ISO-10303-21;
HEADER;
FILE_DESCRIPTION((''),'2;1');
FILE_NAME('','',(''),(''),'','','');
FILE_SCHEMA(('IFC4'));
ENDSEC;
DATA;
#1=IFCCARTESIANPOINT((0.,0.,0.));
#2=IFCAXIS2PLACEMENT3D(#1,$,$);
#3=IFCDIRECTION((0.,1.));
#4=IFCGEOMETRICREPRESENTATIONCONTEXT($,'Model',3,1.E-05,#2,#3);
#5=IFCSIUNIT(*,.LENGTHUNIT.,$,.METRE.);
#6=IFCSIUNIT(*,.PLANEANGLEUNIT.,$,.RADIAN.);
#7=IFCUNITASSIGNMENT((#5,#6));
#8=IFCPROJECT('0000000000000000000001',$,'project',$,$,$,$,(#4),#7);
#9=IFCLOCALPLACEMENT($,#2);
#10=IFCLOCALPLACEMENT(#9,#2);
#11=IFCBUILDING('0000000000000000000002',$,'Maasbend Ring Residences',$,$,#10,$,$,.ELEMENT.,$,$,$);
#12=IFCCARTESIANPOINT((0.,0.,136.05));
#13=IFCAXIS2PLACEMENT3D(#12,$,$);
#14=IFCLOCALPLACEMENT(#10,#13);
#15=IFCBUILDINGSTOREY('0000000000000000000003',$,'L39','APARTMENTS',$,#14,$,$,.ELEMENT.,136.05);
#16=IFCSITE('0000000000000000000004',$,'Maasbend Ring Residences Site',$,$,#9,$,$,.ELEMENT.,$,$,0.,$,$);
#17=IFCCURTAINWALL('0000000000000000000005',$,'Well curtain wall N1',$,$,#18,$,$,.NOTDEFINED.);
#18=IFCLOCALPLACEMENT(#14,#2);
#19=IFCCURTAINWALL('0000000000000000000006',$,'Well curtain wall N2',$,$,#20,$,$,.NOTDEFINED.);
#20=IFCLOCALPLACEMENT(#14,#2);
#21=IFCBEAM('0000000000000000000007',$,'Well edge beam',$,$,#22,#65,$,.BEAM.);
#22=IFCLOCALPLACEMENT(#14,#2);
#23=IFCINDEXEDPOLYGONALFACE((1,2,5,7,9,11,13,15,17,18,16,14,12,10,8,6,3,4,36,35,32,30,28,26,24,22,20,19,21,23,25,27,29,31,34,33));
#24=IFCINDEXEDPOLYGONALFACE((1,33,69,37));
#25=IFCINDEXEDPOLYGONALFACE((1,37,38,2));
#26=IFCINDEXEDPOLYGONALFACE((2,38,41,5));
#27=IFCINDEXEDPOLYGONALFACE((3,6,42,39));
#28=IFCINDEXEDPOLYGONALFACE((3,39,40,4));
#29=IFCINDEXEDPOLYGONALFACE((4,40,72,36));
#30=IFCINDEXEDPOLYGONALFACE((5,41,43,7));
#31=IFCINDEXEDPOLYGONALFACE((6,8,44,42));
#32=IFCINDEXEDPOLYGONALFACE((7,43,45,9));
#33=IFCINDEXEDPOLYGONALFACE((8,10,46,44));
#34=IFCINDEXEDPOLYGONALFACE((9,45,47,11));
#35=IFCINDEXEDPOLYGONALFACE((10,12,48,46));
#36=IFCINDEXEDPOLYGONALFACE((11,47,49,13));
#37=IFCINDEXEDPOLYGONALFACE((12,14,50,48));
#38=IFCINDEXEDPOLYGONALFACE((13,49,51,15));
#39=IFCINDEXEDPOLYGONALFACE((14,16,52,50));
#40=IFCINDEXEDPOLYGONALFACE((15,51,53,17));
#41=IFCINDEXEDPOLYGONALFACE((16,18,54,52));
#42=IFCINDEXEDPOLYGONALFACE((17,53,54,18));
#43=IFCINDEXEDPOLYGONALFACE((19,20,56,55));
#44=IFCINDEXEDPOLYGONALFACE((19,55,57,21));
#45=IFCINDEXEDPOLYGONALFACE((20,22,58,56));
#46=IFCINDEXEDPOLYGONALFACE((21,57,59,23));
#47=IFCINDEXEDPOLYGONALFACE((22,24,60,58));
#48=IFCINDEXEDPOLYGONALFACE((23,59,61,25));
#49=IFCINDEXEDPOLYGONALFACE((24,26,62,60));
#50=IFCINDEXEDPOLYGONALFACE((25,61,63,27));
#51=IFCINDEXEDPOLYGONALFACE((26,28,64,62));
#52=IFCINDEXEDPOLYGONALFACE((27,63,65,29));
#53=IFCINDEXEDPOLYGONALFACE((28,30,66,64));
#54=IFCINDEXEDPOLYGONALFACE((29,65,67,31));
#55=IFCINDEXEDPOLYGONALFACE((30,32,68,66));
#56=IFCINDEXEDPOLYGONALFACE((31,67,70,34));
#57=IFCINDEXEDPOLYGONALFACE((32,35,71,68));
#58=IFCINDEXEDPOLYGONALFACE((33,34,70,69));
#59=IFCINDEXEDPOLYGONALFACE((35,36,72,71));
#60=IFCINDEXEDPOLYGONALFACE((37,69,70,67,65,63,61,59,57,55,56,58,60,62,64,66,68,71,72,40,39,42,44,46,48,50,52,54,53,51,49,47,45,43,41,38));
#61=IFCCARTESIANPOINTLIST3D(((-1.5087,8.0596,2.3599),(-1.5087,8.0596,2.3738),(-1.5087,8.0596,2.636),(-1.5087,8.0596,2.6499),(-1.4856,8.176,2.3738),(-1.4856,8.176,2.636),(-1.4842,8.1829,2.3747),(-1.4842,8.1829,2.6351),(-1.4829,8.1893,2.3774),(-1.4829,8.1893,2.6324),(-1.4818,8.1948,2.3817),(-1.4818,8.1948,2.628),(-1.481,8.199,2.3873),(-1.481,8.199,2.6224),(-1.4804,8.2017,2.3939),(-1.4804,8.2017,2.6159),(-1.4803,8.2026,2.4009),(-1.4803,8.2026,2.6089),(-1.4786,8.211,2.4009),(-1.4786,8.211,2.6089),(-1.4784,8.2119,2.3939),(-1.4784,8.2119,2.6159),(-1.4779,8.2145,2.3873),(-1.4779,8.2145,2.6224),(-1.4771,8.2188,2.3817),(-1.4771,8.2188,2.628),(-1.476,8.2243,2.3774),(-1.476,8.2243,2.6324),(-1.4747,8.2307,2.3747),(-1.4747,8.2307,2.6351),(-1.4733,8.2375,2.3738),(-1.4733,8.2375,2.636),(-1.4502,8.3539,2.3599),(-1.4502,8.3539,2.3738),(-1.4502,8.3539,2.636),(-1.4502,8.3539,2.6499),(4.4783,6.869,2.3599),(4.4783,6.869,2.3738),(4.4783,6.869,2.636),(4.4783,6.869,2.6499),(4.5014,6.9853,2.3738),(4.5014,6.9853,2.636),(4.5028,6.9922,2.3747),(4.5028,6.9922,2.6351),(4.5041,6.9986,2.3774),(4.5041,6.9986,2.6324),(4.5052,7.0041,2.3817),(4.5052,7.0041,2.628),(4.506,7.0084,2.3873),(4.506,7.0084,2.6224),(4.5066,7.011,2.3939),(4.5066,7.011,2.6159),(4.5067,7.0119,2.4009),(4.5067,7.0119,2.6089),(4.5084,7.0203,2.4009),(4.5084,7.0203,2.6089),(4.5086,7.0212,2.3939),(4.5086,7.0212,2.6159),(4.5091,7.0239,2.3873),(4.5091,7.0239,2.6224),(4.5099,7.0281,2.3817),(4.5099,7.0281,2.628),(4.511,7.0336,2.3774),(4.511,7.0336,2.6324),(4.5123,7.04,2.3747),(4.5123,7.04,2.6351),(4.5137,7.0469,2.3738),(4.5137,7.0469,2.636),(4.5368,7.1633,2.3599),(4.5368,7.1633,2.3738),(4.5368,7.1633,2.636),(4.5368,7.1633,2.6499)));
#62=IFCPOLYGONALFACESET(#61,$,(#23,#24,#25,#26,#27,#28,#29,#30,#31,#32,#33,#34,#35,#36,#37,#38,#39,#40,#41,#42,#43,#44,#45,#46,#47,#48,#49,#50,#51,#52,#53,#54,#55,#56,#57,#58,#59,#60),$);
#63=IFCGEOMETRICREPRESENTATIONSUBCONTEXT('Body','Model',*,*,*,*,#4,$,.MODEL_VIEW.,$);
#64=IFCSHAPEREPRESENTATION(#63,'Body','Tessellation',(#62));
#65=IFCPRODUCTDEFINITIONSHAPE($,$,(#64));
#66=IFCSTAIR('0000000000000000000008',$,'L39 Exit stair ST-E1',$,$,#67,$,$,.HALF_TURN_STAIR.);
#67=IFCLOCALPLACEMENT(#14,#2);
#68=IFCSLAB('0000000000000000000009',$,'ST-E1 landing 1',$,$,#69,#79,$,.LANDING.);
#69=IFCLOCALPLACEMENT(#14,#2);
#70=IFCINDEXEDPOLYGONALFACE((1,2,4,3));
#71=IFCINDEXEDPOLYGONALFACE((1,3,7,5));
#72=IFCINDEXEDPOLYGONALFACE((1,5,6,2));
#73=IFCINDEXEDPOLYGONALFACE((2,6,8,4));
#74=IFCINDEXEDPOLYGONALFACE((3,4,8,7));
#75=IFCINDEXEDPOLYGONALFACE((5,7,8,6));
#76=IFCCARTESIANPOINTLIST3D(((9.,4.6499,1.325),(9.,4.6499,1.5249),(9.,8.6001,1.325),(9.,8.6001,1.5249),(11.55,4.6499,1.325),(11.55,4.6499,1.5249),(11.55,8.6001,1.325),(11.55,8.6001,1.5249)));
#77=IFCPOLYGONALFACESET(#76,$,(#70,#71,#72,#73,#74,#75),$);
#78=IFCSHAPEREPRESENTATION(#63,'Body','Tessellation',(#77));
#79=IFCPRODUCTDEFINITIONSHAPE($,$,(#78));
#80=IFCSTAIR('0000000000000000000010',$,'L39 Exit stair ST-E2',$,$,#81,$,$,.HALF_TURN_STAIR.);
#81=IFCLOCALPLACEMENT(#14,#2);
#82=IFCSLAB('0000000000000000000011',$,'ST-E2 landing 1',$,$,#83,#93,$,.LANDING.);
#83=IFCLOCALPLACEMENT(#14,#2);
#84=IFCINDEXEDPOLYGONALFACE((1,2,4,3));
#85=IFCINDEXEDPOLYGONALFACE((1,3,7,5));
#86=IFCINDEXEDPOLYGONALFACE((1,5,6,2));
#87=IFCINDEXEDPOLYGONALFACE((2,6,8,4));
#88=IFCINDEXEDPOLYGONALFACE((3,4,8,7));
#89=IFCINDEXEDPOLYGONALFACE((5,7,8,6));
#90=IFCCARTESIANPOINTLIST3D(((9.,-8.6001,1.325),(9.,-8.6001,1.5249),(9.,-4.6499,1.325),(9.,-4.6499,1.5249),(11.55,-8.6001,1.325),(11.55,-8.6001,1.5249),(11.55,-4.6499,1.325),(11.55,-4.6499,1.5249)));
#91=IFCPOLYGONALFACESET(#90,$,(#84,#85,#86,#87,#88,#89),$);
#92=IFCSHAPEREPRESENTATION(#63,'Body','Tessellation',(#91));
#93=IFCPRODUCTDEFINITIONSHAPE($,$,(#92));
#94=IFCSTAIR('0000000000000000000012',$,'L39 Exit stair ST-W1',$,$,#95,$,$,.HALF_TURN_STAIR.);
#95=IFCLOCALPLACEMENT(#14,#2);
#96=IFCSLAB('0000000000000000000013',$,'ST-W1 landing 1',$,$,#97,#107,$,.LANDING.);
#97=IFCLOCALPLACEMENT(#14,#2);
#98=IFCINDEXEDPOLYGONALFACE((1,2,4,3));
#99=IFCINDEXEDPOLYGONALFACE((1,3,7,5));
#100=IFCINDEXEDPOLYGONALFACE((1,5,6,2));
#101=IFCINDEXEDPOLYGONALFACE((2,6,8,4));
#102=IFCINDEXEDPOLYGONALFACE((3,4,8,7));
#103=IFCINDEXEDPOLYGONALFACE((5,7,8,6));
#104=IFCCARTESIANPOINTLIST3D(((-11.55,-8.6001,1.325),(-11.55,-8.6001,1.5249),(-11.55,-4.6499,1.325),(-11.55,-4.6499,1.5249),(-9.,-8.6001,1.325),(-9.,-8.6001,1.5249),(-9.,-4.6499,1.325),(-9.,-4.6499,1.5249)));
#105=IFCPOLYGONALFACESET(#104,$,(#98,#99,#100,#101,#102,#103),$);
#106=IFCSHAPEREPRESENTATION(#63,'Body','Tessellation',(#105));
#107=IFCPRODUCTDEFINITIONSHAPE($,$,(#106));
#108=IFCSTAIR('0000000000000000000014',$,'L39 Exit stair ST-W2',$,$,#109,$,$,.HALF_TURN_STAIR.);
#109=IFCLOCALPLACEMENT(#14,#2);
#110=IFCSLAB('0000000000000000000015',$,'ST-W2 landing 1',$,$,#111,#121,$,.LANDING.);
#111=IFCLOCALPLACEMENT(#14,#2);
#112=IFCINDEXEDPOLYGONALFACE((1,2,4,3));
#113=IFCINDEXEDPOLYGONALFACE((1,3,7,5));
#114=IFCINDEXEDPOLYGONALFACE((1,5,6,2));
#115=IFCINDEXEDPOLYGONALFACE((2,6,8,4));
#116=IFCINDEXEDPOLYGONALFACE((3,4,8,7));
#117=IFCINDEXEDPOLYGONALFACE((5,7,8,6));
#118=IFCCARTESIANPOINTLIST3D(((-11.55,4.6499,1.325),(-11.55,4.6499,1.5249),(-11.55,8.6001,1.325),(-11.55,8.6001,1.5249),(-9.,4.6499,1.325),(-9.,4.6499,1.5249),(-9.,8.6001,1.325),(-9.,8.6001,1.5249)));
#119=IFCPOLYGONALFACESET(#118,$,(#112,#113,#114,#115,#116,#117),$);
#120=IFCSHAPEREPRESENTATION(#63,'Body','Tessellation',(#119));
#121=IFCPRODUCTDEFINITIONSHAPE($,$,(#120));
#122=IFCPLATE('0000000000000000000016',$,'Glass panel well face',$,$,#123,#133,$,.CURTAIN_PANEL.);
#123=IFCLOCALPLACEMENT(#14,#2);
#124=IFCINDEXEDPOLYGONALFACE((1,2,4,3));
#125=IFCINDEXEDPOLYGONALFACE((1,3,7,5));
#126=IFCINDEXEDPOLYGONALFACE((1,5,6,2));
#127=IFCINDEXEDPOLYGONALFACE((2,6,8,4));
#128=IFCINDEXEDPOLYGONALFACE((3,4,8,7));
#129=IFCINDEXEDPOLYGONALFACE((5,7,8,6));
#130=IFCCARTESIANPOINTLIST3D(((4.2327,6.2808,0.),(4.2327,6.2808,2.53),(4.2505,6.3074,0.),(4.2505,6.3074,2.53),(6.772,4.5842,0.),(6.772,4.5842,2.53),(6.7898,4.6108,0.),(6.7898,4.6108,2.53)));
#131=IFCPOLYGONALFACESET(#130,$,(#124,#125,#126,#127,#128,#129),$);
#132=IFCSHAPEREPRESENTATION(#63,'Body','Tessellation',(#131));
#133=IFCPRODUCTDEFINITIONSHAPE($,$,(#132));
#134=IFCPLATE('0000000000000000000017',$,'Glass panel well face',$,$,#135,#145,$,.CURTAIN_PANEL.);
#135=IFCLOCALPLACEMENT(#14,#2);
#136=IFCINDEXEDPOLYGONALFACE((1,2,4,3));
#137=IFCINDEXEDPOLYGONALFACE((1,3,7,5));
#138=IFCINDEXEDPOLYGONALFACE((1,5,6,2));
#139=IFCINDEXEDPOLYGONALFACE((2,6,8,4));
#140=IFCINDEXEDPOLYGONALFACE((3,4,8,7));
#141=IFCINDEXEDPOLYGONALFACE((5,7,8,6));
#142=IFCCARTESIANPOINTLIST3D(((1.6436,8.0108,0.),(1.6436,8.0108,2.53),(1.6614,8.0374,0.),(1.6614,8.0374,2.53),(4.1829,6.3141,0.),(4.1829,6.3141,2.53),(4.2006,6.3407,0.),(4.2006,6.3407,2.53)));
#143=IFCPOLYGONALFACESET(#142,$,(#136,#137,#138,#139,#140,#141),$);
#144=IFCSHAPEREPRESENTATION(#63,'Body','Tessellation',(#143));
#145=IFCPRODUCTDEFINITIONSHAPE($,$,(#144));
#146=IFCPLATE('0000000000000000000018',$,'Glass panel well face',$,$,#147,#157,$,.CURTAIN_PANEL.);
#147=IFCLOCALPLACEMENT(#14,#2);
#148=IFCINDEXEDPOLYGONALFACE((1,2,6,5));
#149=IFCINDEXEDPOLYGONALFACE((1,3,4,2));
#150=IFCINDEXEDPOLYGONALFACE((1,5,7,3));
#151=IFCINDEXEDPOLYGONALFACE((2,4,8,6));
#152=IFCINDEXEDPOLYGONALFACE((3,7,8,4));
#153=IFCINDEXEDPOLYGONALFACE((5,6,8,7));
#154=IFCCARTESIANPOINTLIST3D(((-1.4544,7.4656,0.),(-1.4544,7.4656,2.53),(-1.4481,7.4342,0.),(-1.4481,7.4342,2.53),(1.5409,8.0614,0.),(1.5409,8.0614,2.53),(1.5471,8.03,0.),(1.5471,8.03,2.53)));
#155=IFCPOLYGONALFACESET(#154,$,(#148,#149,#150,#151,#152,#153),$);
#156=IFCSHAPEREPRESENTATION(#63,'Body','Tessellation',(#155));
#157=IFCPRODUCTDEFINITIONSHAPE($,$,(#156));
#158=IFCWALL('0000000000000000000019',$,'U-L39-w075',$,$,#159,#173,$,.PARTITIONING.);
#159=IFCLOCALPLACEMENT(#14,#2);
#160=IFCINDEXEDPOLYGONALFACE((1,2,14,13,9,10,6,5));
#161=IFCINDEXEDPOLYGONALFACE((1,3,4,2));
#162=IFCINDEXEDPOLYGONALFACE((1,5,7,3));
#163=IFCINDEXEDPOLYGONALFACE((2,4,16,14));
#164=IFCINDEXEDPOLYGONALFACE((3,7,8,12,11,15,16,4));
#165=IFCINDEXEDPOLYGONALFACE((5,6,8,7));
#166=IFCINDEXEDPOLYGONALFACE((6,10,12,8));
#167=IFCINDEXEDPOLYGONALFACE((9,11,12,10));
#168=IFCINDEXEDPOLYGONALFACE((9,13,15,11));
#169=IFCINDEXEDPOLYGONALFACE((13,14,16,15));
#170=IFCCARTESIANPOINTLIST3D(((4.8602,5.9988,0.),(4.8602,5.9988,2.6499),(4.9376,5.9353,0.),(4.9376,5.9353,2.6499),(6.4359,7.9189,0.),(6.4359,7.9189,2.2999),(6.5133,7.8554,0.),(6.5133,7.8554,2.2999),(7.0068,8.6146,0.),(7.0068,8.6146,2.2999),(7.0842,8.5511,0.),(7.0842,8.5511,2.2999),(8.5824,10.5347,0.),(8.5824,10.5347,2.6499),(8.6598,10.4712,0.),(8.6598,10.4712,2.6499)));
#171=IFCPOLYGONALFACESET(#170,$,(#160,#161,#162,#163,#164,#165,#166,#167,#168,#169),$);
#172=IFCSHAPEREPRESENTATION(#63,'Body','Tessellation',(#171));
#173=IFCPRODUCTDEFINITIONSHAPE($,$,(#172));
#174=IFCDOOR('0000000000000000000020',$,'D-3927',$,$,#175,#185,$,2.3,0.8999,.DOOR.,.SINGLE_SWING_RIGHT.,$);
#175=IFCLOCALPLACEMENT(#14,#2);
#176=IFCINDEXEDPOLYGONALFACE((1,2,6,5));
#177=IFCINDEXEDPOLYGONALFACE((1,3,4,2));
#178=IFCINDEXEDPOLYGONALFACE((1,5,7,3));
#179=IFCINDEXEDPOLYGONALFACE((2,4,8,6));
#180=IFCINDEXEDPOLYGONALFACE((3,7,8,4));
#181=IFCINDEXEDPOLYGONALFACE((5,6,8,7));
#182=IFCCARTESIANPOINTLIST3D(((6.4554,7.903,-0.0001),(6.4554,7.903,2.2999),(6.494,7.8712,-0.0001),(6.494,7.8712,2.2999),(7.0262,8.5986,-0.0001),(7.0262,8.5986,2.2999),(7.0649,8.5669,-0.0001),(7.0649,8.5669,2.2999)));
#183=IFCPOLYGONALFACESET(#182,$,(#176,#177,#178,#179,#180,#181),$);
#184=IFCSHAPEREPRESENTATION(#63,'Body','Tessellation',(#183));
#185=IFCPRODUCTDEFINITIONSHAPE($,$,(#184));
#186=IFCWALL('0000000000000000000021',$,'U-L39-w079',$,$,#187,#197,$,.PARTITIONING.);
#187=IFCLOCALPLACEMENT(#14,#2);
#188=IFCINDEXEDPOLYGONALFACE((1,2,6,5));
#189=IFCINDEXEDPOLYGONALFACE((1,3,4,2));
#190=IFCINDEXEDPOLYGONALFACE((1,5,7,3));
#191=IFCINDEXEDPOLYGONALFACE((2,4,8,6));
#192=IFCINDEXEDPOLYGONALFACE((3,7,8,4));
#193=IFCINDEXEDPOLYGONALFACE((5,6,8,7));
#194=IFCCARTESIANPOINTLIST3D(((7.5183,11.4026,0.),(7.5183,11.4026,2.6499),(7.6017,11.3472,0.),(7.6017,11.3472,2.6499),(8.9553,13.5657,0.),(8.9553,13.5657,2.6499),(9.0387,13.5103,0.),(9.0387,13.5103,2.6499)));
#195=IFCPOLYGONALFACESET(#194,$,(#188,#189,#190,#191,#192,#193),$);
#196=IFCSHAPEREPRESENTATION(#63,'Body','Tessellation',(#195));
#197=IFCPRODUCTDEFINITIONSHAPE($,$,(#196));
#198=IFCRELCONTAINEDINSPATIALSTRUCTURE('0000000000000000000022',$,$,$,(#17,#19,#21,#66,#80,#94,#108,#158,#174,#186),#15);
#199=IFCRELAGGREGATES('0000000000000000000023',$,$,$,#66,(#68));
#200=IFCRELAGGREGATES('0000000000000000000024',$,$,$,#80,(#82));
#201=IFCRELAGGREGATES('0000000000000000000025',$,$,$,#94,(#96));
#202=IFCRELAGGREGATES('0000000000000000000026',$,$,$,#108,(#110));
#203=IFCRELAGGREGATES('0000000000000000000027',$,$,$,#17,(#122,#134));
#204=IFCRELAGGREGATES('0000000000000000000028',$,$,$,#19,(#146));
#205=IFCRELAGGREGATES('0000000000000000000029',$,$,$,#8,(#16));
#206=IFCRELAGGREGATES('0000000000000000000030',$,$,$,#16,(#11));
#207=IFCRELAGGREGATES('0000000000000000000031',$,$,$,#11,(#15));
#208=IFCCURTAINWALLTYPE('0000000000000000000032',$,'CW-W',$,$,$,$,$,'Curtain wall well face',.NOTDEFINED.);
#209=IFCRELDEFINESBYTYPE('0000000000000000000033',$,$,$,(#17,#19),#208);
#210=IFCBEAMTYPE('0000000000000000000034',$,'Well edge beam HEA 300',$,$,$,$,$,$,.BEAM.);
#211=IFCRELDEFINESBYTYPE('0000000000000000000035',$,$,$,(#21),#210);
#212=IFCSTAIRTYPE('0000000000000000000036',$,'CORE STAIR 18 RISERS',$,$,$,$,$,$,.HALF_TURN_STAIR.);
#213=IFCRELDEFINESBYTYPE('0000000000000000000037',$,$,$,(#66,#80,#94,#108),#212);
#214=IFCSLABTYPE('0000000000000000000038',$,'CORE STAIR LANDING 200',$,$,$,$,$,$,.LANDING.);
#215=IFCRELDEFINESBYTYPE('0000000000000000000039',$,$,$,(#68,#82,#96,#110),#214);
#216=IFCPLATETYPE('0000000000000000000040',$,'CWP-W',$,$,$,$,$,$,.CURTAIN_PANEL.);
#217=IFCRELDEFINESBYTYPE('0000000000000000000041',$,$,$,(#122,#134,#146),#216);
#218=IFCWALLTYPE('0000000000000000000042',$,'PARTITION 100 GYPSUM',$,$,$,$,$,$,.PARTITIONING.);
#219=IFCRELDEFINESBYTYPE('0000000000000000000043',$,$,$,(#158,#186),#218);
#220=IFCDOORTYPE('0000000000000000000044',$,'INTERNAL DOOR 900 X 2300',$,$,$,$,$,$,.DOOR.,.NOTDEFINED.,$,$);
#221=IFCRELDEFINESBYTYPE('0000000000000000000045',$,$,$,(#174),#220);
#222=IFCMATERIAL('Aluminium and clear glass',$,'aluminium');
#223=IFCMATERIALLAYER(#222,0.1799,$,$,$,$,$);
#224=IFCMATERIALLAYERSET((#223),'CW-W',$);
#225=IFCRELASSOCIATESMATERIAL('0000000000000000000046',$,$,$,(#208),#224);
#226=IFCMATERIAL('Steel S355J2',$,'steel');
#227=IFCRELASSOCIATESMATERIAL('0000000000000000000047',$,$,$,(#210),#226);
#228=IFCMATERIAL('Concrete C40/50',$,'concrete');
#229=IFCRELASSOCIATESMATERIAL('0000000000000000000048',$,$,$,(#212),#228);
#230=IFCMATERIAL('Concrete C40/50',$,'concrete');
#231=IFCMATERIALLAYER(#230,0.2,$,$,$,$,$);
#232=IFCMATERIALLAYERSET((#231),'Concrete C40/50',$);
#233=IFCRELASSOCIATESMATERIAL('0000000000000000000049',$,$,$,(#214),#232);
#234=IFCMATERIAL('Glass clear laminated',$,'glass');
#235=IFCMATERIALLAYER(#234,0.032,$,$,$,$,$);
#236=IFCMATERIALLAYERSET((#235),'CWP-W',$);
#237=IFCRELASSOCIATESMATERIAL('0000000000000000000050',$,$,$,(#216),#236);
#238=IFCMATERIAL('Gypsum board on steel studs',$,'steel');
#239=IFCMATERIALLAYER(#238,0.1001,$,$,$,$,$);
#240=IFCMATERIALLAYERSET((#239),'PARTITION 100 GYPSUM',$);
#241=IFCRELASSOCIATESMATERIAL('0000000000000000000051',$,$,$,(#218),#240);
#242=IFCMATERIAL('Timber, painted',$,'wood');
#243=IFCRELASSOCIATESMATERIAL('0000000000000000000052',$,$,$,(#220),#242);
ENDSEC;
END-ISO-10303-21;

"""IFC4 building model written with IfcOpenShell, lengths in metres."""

from ifc_helpers import new_model, si_unit, direction, frame, frame_2d, origin, origin_2d, place, context, subcontext, project, spatial, polyline, rectangle, i_section, outline, extrude, material, layer, layer_set, material_profile, profile_set, type_object, element, fill, aggregate, save


model = new_model("IFC4")

# Units and contexts
model_context = context("Model", 3, precision=1e-05, world=origin(), true_north=direction((0.0, 1.0)))
body_context = subcontext(model_context, "Body", "Model", "MODEL_VIEW")
ifc_project = project(units=[si_unit("LENGTHUNIT", "METRE"), si_unit("PLANEANGLEUNIT", "RADIAN")], contexts=[model_context])

# Site, building, storey
site_placement = place(None, origin())
site = spatial("IfcSite", under=ifc_project, at=site_placement, Name="Maasbend Ring Residences Site", CompositionType="ELEMENT", RefElevation=0.0)
building_placement = place(site_placement, origin())
building = spatial("IfcBuilding", under=site, at=building_placement, Name="Maasbend Ring Residences", CompositionType="ELEMENT")
storey_placement = place(building_placement, frame((0.0, 0.0, 136.05)))
storey = spatial("IfcBuildingStorey", under=building, at=storey_placement, Name="L39", Description="APARTMENTS", CompositionType="ELEMENT", Elevation=136.05)

# Curtain wall
ifc_material_1 = material(Name="Aluminium and clear glass", Category="aluminium")
ifc_layer_1 = layer(ifc_material_1, 0.1799)
ifc_layer_set_1 = layer_set([ifc_layer_1], Name="CW-W")
curtain_wall_type = type_object("IfcCurtainWallType", Name="CW-W", ElementType="Curtain wall well face", PredefinedType="NOTDEFINED", material=ifc_layer_set_1)
curtain_wall_1_placement = place(storey_placement, origin())
curtain_wall_1 = element("IfcCurtainWall", 1, at=curtain_wall_1_placement, inside=storey, type_object=curtain_wall_type, Name="Well curtain wall N1", PredefinedType="NOTDEFINED")

# Curtain wall
curtain_wall_2_placement = place(storey_placement, origin())
curtain_wall_2 = element("IfcCurtainWall", 2, at=curtain_wall_2_placement, inside=storey, type_object=curtain_wall_type, Name="Well curtain wall N2", PredefinedType="NOTDEFINED")

# Beam
ifc_material_2 = material(Name="Steel S355J2", Category="steel")
ifc_material_profile_1 = material_profile(ifc_material_2, i_section(OverallWidth=0.3, OverallDepth=0.29, WebThickness=0.0085, FlangeThickness=0.0139, FilletRadius=0.0271, at=origin_2d()), Name="HEA 300")
ifc_profile_set_1 = profile_set([ifc_material_profile_1], Name="Steel S355J2")
beam_type = type_object("IfcBeamType", Name="Well edge beam HEA 300", PredefinedType="BEAM", material=ifc_profile_set_1)
beam_1_placement = place(storey_placement, frame((4.5076, 7.0161, 2.5049), z_axis=(-0.980792, 0.195055, 0.0), x_axis=(-0.195055, -0.980792, 0.0)))
element("IfcBeam", 3, at=beam_1_placement, inside=storey, type_object=beam_type, Name="Well edge beam", PredefinedType="BEAM", context=body_context, shape_type="SweptSolid", body=[
    extrude(i_section(OverallWidth=0.3, OverallDepth=0.29, WebThickness=0.0085, FlangeThickness=0.0139, FilletRadius=0.0271, at=origin_2d()), origin(), (0.0, 0.0, 1.0), 6.1042),
])

# Stairs, slabs
ifc_material_3 = material(Name="Concrete C40/50", Category="concrete")
stair_type = type_object("IfcStairType", Name="CORE STAIR 18 RISERS", PredefinedType="HALF_TURN_STAIR", material=ifc_material_3)
stair_1_placement = place(storey_placement, origin())
stair_1 = element("IfcStair", 4, at=stair_1_placement, inside=storey, type_object=stair_type, Name="L39 Exit stair ST-E1", PredefinedType="HALF_TURN_STAIR")
ifc_material_4 = material(Name="Concrete C40/50", Category="concrete")
ifc_layer_2 = layer(ifc_material_4, 0.2)
ifc_layer_set_2 = layer_set([ifc_layer_2], Name="Concrete C40/50")
slab_type = type_object("IfcSlabType", Name="CORE STAIR LANDING 200", PredefinedType="LANDING", material=ifc_layer_set_2)
slab_1_placement = place(storey_placement, frame((0.0, 0.0, 1.325)))
slab_1 = element("IfcSlab", 5, at=slab_1_placement, type_object=slab_type, Name="ST-E1 landing 1", PredefinedType="LANDING", context=body_context, shape_type="SweptSolid", body=[
    extrude(outline(polyline([(11.55, 8.6001), (9.0, 8.6001), (9.0, 4.6499), (11.55, 4.6499), (11.55, 8.6001)])), origin(), (0.0, 0.0, 1.0), 0.2),
])
aggregate(stair_1, [slab_1])
stair_2_placement = place(storey_placement, origin())
stair_2 = element("IfcStair", 6, at=stair_2_placement, inside=storey, type_object=stair_type, Name="L39 Exit stair ST-E2", PredefinedType="HALF_TURN_STAIR")
slab_2_placement = place(storey_placement, frame((0.0, 0.0, 1.325)))
slab_2 = element("IfcSlab", 7, at=slab_2_placement, type_object=slab_type, Name="ST-E2 landing 1", PredefinedType="LANDING", context=body_context, shape_type="SweptSolid", body=[
    extrude(outline(polyline([(11.55, -4.6499), (9.0, -4.6499), (9.0, -8.6001), (11.55, -8.6001), (11.55, -4.6499)])), origin(), (0.0, 0.0, 1.0), 0.2),
])
aggregate(stair_2, [slab_2])
stair_3_placement = place(storey_placement, origin())
stair_3 = element("IfcStair", 8, at=stair_3_placement, inside=storey, type_object=stair_type, Name="L39 Exit stair ST-W1", PredefinedType="HALF_TURN_STAIR")
slab_3_placement = place(storey_placement, frame((0.0, 0.0, 1.325)))
slab_3 = element("IfcSlab", 9, at=slab_3_placement, type_object=slab_type, Name="ST-W1 landing 1", PredefinedType="LANDING", context=body_context, shape_type="SweptSolid", body=[
    extrude(outline(polyline([(-11.55, -8.6001), (-9.0, -8.6001), (-9.0, -4.6499), (-11.55, -4.6499), (-11.55, -8.6001)])), origin(), (0.0, 0.0, 1.0), 0.2),
])
aggregate(stair_3, [slab_3])
stair_4_placement = place(storey_placement, origin())
stair_4 = element("IfcStair", 10, at=stair_4_placement, inside=storey, type_object=stair_type, Name="L39 Exit stair ST-W2", PredefinedType="HALF_TURN_STAIR")
slab_4_placement = place(storey_placement, frame((0.0, 0.0, 1.325)))
slab_4 = element("IfcSlab", 11, at=slab_4_placement, type_object=slab_type, Name="ST-W2 landing 1", PredefinedType="LANDING", context=body_context, shape_type="SweptSolid", body=[
    extrude(outline(polyline([(-11.55, 4.6499), (-9.0, 4.6499), (-9.0, 8.6001), (-11.55, 8.6001), (-11.55, 4.6499)])), origin(), (0.0, 0.0, 1.0), 0.2),
])
aggregate(stair_4, [slab_4])

# Plates
ifc_material_5 = material(Name="Glass clear laminated", Category="glass")
ifc_layer_3 = layer(ifc_material_5, 0.032)
ifc_layer_set_3 = layer_set([ifc_layer_3], Name="CWP-W")
plate_type = type_object("IfcPlateType", Name="CWP-W", PredefinedType="CURTAIN_PANEL", material=ifc_layer_set_3)
plate_1_placement = place(storey_placement, frame((5.5112, 5.4458, 0.0), z_axis=(0.0, 0.0, 1.0), x_axis=(-0.83147, 0.55557, 0.0)))
plate_1 = element("IfcPlate", 12, at=plate_1_placement, type_object=plate_type, Name="Glass panel well face", PredefinedType="CURTAIN_PANEL", context=body_context, shape_type="SweptSolid", body=[
    extrude(rectangle(XDim=3.054, YDim=0.032, at=origin_2d()), origin(), (0.0, 0.0, 1.0), 2.53),
])
plate_2_placement = place(storey_placement, frame((2.9221, 7.1758, 0.0), z_axis=(0.0, 0.0, 1.0), x_axis=(-0.83147, 0.55557, 0.0)))
plate_2 = element("IfcPlate", 13, at=plate_2_placement, type_object=plate_type, Name="Glass panel well face", PredefinedType="CURTAIN_PANEL", context=body_context, shape_type="SweptSolid", body=[
    extrude(rectangle(XDim=3.054, YDim=0.032, at=origin_2d()), origin(), (0.0, 0.0, 1.0), 2.53),
])
aggregate(curtain_wall_1, [plate_1, plate_2])
plate_3_placement = place(storey_placement, frame((0.0464, 7.7478, 0.0), z_axis=(0.0, 0.0, 1.0), x_axis=(-0.980785, -0.19509, 0.0)))
plate_3 = element("IfcPlate", 14, at=plate_3_placement, type_object=plate_type, Name="Glass panel well face", PredefinedType="CURTAIN_PANEL", context=body_context, shape_type="SweptSolid", body=[
    extrude(rectangle(XDim=3.054, YDim=0.032, at=origin_2d()), origin(), (0.0, 0.0, 1.0), 2.53),
])
aggregate(curtain_wall_2, [plate_3])

# Wall, opening, door
ifc_material_6 = material(Name="Gypsum board on steel studs", Category="steel")
ifc_layer_4 = layer(ifc_material_6, 0.1001)
ifc_layer_set_4 = layer_set([ifc_layer_4], Name="PARTITION 100 GYPSUM")
wall_type_1 = type_object("IfcWallType", Name="PARTITION 100 GYPSUM", PredefinedType="PARTITIONING", material=ifc_layer_set_4)
wall_1_placement = place(storey_placement, frame((4.8989, 5.967, 0.0), z_axis=(0.0, 0.0, 1.0), x_axis=(0.634359, 0.773039, 0.0)))
wall_1 = element("IfcWall", 15, at=wall_1_placement, inside=storey, type_object=wall_type_1, Name="U-L39-w075", PredefinedType="PARTITIONING", context=body_context, shape_type="SweptSolid", body=[
    extrude(rectangle(XDim=5.8677, YDim=0.1001, at=frame_2d((2.9338, 0.0))), origin(), (0.0, 0.0, 1.0), 2.6499),
])
opening_placement = place(wall_1_placement, frame((2.4839, 0.0, 0.0)))
opening = element("IfcOpeningElement", 16, at=opening_placement, cuts=wall_1, PredefinedType="OPENING", context=body_context, shape_type="SweptSolid", body=[
    extrude(rectangle(XDim=0.8999, YDim=2.3, at=frame_2d((0.45, 1.1499))), frame((0.0, 0.0601, 0.0), z_axis=(0.0, -1.0, 0.0), x_axis=(1.0, 0.0, 0.0)), (0.0, 0.0, 1.0), 0.1201),
])
ifc_material_7 = material(Name="Timber, painted", Category="wood")
door_type = type_object("IfcDoorType", Name="INTERNAL DOOR 900 X 2300", OperationType="NOTDEFINED", PredefinedType="DOOR", material=ifc_material_7)
door_placement = place(opening_placement, origin())
door = element("IfcDoor", 17, at=door_placement, inside=storey, type_object=door_type, Name="D-3927", OperationType="SINGLE_SWING_RIGHT", OverallHeight=2.3, OverallWidth=0.8999, PredefinedType="DOOR", context=body_context, shape_type="SweptSolid", body=[
    extrude(rectangle(XDim=0.8999, YDim=2.3, at=frame_2d((0.45, 1.1499))), frame((0.0, 0.0249, 0.0), z_axis=(0.0, -1.0, 0.0), x_axis=(1.0, 0.0, 0.0)), (0.0, 0.0, 1.0), 0.05),
])
fill(opening, door)

# Wall
wall_2_placement = place(storey_placement, frame((7.5601, 11.375, 0.0), z_axis=(0.0, 0.0, 1.0), x_axis=(0.553354, 0.832946, 0.0)))
element("IfcWall", 18, at=wall_2_placement, inside=storey, type_object=wall_type_1, Name="U-L39-w079", PredefinedType="PARTITIONING", context=body_context, shape_type="SweptSolid", body=[
    extrude(rectangle(XDim=2.5969, YDim=0.1001, at=frame_2d((1.2983, 0.0))), origin(), (0.0, 0.0, 1.0), 2.6499),
])

save(model, "model.ifc")
